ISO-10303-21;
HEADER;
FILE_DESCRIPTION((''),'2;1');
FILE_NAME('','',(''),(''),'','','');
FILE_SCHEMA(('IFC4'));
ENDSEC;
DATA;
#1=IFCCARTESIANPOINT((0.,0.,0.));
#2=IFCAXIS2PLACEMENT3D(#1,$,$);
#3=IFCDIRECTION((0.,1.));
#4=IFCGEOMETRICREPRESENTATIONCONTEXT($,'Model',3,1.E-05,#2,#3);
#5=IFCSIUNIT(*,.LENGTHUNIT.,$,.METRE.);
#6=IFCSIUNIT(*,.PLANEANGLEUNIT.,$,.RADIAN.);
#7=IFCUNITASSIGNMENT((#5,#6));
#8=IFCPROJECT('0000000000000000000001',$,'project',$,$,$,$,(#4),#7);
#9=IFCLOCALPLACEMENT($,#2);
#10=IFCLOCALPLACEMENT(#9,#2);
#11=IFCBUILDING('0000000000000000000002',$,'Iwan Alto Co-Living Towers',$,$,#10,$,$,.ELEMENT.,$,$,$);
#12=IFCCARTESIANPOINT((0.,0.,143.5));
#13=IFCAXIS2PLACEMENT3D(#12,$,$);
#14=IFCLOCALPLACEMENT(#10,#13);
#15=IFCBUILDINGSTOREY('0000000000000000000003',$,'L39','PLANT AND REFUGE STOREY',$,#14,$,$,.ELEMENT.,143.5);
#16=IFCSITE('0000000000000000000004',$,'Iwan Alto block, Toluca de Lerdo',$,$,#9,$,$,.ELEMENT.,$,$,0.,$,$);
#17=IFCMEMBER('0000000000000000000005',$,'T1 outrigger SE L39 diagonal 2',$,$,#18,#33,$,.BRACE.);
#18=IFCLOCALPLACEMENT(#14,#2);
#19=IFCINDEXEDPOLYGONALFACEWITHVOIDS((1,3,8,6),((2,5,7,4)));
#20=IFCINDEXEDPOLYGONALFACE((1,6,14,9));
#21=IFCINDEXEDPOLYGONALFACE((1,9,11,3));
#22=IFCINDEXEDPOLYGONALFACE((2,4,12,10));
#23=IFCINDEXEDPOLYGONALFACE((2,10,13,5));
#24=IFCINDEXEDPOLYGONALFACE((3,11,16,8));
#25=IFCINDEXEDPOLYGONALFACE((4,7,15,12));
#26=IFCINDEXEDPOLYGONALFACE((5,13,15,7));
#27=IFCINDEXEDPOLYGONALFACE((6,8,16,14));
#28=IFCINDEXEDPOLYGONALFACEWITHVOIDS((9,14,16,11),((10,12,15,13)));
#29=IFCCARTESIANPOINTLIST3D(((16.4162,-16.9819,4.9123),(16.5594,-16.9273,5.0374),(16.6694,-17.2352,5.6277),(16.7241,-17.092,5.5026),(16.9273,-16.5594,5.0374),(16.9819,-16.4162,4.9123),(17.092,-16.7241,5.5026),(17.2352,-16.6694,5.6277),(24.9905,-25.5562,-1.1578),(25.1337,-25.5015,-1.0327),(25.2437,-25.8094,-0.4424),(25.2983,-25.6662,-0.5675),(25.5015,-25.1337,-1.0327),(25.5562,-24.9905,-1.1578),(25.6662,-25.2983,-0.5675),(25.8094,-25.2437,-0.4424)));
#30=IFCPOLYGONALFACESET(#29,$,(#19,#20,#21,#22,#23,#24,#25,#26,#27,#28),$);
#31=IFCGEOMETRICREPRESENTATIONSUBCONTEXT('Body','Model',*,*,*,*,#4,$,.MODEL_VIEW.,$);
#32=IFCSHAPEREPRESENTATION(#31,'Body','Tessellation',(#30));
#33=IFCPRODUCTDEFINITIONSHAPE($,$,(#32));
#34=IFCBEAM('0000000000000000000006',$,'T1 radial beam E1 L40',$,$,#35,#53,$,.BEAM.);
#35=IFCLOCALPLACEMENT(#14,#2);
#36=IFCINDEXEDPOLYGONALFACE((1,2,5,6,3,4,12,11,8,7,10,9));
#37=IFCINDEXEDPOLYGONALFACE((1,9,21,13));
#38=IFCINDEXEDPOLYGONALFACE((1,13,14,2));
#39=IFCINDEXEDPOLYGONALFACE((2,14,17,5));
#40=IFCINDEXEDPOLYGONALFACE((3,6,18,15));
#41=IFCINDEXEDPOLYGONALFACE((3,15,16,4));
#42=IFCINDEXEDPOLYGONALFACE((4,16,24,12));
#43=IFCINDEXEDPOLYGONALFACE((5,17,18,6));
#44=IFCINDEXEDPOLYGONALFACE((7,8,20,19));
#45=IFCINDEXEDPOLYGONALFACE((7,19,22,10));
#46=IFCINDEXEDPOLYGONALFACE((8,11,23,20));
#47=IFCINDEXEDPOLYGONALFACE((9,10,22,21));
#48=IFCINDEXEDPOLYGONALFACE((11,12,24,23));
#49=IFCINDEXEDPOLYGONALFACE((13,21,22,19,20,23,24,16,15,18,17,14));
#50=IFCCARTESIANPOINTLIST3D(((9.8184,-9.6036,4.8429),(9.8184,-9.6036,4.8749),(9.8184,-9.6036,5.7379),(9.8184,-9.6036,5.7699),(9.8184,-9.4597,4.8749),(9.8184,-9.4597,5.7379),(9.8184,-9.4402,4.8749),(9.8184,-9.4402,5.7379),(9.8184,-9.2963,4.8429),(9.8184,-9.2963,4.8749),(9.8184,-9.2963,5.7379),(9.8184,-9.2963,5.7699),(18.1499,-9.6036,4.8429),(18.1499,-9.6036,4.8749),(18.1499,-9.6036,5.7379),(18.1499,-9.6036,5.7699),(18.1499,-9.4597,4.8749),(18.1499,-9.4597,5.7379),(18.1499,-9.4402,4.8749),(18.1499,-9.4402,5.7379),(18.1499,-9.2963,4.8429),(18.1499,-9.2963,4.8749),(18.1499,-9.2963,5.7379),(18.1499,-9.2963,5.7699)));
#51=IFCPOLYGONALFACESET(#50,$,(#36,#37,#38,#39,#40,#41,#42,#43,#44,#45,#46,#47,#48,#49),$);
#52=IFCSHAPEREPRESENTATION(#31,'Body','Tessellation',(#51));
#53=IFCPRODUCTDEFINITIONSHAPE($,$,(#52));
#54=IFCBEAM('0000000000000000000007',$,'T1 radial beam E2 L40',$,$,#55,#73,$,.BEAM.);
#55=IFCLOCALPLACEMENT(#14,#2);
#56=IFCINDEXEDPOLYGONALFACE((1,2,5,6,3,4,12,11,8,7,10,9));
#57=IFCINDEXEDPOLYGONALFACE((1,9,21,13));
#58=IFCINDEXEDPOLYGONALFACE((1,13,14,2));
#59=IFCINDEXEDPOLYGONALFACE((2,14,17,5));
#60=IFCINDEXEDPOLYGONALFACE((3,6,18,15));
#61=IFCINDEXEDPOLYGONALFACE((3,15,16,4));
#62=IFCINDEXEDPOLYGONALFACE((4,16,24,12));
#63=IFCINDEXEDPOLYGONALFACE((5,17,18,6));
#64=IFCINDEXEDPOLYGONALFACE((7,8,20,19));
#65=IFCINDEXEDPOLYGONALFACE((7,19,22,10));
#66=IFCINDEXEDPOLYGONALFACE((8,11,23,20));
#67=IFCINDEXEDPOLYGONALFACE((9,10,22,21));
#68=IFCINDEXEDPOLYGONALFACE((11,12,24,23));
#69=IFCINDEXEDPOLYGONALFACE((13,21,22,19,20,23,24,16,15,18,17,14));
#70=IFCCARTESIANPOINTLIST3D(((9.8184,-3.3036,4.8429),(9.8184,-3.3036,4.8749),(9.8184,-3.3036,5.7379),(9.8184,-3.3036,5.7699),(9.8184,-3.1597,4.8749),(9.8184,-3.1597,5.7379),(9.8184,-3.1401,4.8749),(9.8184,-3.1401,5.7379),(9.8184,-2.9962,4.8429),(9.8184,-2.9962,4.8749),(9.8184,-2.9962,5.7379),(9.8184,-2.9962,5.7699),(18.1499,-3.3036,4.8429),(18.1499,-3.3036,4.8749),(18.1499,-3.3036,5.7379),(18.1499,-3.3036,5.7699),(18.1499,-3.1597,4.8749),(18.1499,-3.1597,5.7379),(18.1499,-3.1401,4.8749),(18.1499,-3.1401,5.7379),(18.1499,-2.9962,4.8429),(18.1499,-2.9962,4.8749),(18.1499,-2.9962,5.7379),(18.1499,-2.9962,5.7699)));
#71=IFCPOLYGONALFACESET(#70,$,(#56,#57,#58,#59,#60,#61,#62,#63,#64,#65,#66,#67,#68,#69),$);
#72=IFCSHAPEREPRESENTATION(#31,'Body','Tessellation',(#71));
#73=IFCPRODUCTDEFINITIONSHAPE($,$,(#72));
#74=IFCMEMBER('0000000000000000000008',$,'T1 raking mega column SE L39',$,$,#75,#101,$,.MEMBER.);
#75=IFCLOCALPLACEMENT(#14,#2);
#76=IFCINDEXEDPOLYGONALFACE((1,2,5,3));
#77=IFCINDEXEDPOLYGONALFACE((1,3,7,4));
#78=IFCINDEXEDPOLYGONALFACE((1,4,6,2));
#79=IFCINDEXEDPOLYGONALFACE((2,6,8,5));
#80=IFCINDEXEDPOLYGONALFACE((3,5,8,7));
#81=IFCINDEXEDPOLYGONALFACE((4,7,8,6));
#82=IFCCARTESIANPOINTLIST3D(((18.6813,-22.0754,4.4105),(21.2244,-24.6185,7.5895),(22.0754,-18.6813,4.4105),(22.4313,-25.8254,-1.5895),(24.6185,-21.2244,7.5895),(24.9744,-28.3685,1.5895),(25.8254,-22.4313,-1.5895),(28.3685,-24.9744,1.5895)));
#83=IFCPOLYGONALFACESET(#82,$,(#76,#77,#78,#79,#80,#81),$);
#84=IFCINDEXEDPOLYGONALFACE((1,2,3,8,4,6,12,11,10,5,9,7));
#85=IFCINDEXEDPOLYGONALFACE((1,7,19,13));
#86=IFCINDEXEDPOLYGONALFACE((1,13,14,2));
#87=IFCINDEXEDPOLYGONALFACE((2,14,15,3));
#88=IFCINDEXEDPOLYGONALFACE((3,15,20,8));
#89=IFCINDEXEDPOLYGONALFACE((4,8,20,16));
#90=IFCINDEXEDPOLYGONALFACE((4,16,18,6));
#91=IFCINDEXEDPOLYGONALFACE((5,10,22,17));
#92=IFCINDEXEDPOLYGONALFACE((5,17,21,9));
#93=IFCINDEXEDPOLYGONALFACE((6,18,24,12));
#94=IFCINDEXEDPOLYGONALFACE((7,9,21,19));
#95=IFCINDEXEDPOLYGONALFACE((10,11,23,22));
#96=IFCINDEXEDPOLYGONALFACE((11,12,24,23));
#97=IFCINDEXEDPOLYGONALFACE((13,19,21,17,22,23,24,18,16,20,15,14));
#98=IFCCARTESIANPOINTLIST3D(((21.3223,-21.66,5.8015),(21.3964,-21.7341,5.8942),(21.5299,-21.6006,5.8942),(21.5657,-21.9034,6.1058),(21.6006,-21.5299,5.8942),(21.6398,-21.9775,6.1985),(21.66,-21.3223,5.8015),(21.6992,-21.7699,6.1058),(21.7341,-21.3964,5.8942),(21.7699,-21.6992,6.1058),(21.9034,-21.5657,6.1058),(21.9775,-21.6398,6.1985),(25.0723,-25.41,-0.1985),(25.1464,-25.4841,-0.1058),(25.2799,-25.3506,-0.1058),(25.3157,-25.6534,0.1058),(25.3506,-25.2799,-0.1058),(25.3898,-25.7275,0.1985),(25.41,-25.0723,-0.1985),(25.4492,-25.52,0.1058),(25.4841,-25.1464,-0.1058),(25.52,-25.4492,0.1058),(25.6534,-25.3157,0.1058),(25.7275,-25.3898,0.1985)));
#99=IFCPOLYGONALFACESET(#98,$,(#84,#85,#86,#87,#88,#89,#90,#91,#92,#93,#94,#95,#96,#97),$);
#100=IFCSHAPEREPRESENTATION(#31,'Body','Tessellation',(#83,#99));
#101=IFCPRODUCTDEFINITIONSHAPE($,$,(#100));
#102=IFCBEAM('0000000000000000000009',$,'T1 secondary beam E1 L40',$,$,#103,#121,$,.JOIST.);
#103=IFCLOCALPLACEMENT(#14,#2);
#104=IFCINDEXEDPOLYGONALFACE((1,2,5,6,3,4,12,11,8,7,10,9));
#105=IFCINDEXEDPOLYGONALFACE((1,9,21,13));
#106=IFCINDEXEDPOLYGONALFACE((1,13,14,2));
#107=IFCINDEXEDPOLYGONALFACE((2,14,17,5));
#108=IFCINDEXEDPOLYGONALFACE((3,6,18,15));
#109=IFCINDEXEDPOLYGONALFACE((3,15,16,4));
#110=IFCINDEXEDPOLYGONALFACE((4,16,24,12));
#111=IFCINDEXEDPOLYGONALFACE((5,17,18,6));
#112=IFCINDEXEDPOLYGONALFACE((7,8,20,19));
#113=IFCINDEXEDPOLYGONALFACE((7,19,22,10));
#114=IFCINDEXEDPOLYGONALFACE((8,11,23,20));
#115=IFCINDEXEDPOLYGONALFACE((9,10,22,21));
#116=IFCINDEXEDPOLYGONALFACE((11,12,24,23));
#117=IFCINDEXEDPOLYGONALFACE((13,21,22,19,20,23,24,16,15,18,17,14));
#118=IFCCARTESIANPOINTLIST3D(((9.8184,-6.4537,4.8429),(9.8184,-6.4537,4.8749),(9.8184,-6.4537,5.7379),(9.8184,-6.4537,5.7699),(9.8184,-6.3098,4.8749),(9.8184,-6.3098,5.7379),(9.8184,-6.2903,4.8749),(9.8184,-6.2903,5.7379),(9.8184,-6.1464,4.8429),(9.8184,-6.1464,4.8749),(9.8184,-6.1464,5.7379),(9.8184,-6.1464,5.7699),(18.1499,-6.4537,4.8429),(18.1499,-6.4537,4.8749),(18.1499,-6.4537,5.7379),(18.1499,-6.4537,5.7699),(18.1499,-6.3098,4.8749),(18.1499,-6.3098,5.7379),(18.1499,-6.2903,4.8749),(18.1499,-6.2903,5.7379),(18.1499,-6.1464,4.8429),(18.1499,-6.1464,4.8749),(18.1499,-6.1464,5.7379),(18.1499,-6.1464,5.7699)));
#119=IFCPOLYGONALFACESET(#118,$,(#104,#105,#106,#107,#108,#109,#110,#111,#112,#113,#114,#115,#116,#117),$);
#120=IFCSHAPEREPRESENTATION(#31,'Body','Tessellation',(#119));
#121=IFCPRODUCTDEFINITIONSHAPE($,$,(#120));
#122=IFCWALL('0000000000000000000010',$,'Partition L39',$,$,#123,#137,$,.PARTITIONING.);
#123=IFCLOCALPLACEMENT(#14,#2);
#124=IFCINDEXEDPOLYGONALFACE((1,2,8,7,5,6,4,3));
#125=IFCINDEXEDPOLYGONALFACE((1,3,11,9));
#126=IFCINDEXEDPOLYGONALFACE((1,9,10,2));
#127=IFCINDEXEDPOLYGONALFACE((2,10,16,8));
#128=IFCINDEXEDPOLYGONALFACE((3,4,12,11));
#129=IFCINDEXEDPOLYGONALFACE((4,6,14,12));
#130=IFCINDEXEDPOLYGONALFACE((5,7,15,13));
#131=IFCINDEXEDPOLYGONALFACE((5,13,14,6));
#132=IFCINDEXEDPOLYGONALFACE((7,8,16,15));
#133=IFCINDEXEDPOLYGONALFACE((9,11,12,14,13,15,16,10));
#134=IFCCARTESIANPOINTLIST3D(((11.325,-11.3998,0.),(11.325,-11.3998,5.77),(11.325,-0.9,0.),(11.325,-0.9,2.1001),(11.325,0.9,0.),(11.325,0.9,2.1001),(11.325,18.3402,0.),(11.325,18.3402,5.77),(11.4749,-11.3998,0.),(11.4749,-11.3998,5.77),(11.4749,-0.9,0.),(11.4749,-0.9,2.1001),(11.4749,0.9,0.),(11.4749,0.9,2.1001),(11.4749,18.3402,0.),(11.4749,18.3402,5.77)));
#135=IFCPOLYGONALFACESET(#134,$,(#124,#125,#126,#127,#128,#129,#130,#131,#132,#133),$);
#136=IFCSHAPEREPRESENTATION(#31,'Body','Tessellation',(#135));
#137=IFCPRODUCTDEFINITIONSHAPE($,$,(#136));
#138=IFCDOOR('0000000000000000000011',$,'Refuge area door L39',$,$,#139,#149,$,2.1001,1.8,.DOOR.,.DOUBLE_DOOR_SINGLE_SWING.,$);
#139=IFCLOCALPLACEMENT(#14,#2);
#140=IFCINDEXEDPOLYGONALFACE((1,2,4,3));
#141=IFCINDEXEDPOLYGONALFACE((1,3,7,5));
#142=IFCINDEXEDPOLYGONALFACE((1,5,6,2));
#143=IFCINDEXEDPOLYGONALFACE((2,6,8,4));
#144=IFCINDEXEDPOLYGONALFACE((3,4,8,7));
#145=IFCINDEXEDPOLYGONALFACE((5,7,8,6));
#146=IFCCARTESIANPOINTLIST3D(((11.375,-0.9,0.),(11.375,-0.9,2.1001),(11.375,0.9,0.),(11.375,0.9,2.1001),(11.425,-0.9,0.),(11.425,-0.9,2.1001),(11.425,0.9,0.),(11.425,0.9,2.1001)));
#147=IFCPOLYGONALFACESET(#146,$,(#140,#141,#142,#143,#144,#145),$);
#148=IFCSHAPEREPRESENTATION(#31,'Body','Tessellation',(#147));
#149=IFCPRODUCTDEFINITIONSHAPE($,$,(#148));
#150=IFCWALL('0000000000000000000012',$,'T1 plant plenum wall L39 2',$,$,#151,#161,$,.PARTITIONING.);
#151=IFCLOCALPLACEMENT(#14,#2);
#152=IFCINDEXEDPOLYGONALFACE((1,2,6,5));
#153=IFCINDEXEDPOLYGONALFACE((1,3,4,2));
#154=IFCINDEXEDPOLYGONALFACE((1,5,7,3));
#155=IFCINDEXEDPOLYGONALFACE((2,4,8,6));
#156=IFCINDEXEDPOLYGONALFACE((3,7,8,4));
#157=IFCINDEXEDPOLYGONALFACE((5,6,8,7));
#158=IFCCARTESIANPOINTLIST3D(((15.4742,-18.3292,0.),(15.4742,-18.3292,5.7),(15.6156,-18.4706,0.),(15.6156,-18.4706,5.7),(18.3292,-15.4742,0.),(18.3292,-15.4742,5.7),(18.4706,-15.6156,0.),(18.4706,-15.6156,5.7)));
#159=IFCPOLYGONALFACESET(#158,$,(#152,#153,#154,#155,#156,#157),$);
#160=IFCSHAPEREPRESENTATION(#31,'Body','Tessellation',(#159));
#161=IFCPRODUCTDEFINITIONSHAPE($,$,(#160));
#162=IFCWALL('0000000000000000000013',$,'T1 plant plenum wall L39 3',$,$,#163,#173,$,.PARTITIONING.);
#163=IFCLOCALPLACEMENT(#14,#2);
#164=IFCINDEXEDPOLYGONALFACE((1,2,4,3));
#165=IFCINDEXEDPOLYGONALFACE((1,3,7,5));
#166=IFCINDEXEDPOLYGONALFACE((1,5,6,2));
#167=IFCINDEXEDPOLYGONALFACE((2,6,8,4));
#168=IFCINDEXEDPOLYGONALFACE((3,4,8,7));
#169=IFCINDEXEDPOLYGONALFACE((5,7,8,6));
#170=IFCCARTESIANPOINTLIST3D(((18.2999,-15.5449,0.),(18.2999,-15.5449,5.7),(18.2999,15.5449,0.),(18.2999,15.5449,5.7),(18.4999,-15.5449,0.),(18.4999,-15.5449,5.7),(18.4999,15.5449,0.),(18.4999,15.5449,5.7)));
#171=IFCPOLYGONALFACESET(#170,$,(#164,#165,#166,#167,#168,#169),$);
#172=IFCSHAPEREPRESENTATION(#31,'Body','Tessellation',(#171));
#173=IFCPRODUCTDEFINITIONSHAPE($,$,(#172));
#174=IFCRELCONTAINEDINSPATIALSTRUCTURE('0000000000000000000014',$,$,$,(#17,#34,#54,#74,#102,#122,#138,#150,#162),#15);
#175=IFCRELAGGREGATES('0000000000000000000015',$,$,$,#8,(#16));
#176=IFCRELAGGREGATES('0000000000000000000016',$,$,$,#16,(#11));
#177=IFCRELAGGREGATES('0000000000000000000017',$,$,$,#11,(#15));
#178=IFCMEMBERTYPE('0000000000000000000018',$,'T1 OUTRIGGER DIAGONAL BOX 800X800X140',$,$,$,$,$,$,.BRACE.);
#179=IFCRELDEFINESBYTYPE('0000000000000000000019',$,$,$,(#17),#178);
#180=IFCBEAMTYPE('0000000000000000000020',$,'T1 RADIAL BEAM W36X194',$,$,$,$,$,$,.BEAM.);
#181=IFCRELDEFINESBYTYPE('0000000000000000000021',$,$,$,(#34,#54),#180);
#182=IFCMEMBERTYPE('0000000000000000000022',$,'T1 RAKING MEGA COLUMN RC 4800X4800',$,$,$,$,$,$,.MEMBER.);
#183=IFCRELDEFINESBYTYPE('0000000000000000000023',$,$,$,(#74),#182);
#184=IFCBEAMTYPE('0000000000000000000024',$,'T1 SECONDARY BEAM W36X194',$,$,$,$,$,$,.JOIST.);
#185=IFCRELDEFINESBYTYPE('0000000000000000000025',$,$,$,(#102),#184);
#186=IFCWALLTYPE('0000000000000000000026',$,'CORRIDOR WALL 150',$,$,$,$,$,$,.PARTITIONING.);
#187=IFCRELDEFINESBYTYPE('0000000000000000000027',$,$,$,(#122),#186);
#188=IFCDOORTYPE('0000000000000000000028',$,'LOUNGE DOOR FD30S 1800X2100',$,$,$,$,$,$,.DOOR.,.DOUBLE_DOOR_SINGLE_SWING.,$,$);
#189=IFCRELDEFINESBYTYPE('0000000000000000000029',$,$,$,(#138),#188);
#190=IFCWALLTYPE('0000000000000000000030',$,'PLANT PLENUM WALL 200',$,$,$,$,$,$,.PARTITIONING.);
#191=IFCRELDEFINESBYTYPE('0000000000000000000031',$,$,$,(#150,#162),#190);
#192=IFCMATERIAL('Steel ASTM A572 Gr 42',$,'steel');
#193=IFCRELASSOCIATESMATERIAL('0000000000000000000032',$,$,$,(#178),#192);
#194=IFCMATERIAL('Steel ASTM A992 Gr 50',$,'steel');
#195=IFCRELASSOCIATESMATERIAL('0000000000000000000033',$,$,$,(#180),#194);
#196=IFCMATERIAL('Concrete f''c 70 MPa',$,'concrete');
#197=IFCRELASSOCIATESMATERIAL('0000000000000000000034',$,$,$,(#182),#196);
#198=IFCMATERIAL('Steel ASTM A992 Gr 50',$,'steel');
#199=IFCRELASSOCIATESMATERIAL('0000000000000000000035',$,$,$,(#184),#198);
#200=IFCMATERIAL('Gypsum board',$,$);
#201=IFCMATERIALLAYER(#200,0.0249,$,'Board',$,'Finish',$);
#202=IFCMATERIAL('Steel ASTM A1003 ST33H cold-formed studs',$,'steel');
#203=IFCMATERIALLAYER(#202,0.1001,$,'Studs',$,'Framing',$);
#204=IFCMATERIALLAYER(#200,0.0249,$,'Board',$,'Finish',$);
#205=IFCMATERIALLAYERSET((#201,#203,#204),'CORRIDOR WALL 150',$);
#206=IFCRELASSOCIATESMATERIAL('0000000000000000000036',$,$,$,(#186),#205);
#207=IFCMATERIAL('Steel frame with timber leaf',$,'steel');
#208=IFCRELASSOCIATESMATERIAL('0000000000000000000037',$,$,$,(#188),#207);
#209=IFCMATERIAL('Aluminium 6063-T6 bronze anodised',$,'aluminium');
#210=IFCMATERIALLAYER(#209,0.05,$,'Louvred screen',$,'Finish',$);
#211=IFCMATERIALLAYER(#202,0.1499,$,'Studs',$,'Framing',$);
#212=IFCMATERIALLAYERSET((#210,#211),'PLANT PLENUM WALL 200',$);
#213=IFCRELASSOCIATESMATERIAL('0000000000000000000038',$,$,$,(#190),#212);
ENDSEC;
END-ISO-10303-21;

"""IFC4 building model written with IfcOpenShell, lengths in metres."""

from ifc_helpers import new_model, si_unit, direction, frame, frame_2d, origin, origin_2d, place, context, subcontext, project, spatial, rectangle, hollow_rectangle, i_section, extrude, material, layer, layer_set, material_profile, profile_set, type_object, element, fill, save


model = new_model("IFC4")

# Units and contexts
model_context = context("Model", 3, precision=1e-05, world=origin(), true_north=direction((0.0, 1.0)))
body_context = subcontext(model_context, "Body", "Model", "MODEL_VIEW")
ifc_project = project(units=[si_unit("LENGTHUNIT", "METRE"), si_unit("PLANEANGLEUNIT", "RADIAN")], contexts=[model_context])

# Site, building, storey
site_placement = place(None, origin())
site = spatial("IfcSite", under=ifc_project, at=site_placement, Name="Iwan Alto block, Toluca de Lerdo", CompositionType="ELEMENT", RefElevation=0.0)
building_placement = place(site_placement, origin())
building = spatial("IfcBuilding", under=site, at=building_placement, Name="Iwan Alto Co-Living Towers", CompositionType="ELEMENT")
storey_placement = place(building_placement, frame((0.0, 0.0, 143.5)))
storey = spatial("IfcBuildingStorey", under=building, at=storey_placement, Name="L39", Description="PLANT AND REFUGE STOREY", CompositionType="ELEMENT", Elevation=143.5)

# Member
ifc_material_1 = material(Name="Steel ASTM A572 Gr 42", Category="steel")
ifc_material_profile_1 = material_profile(ifc_material_1, hollow_rectangle(XDim=0.8, YDim=0.8, WallThickness=0.1399, at=origin_2d()), Name="BOX 800X800X140")
ifc_profile_set_1 = profile_set([ifc_material_profile_1], Name="Steel ASTM A572 Gr 42")
member_type_1 = type_object("IfcMemberType", Name="T1 OUTRIGGER DIAGONAL BOX 800X800X140", PredefinedType="BRACE", material=ifc_profile_set_1)
member_1_placement = place(storey_placement, frame((16.8257, -16.8257, 5.27), z_axis=(0.632306, -0.632306, -0.447637), x_axis=(0.707107, 0.707107, 0.0)))
element("IfcMember", 1, at=member_1_placement, inside=storey, type_object=member_type_1, Name="T1 outrigger SE L39 diagonal 2", PredefinedType="BRACE", context=body_context, shape_type="SweptSolid", body=[
    extrude(hollow_rectangle(XDim=0.8, YDim=0.8, WallThickness=0.1399, at=origin_2d()), origin(), (0.0, 0.0, 1.0), 13.5603),
])

# Beams
ifc_material_2 = material(Name="Steel ASTM A992 Gr 50", Category="steel")
ifc_material_profile_2 = material_profile(ifc_material_2, i_section(OverallWidth=0.3074, OverallDepth=0.927, WebThickness=0.0195, FlangeThickness=0.032, at=origin_2d()), Name="W36X194")
ifc_profile_set_2 = profile_set([ifc_material_profile_2], Name="Steel ASTM A992 Gr 50")
beam_type_1 = type_object("IfcBeamType", Name="T1 RADIAL BEAM W36X194", PredefinedType="BEAM", material=ifc_profile_set_2)
for number, where, z_axis, x_axis, name in (
    (2, (18.1499, -9.45, 5.3064), (-1.0, 0.0, 0.0), (0.0, -1.0, 0.0), "T1 radial beam E1 L40"),
    (3, (18.1499, -3.1499, 5.3064), (-1.0, 0.0, 0.0), (0.0, -1.0, 0.0), "T1 radial beam E2 L40"),
):
    element("IfcBeam", number, at=place(storey_placement, frame(where, z_axis=z_axis, x_axis=x_axis)), inside=storey, type_object=beam_type_1, Name=name, PredefinedType="BEAM", context=body_context, shape_type="SweptSolid", body=[
        extrude(i_section(OverallWidth=0.3074, OverallDepth=0.927, WebThickness=0.0195, FlangeThickness=0.032, at=origin_2d()), origin(), (0.0, 0.0, 1.0), 8.3315),
    ])

# Member
ifc_material_3 = material(Name="Concrete f'c 70 MPa", Category="concrete")
ifc_material_profile_3 = material_profile(ifc_material_3, rectangle(XDim=4.8, YDim=4.8, at=origin_2d()), Name="RC 4800X4800")
ifc_profile_set_3 = profile_set([ifc_material_profile_3], Name="Concrete f'c 70 MPa")
member_type_2 = type_object("IfcMemberType", Name="T1 RAKING MEGA COLUMN RC 4800X4800", PredefinedType="MEMBER", material=ifc_profile_set_3)
member_2_placement = place(storey_placement, frame((25.3999, -25.3999, 0.0), z_axis=(-0.468293, 0.468293, 0.749269), x_axis=(-0.707107, -0.707107, 0.0)))
element("IfcMember", 4, at=member_2_placement, inside=storey, type_object=member_type_2, Name="T1 raking mega column SE L39", PredefinedType="MEMBER", context=body_context, shape_type="SweptSolid", body=[
    extrude(rectangle(XDim=4.8, YDim=4.8, at=origin_2d()), origin(), (0.0, 0.0, 1.0), 8.0078),
    extrude(i_section(OverallWidth=0.4775, OverallDepth=0.5994, WebThickness=0.1001, FlangeThickness=0.1399, at=origin_2d()), origin(), (0.0, 0.0, 1.0), 8.0078),
])

# Beam
ifc_material_4 = material(Name="Steel ASTM A992 Gr 50", Category="steel")
ifc_material_profile_4 = material_profile(ifc_material_4, i_section(OverallWidth=0.3074, OverallDepth=0.927, WebThickness=0.0195, FlangeThickness=0.032, at=origin_2d()), Name="W36X194")
ifc_profile_set_4 = profile_set([ifc_material_profile_4], Name="Steel ASTM A992 Gr 50")
beam_type_2 = type_object("IfcBeamType", Name="T1 SECONDARY BEAM W36X194", PredefinedType="JOIST", material=ifc_profile_set_4)
beam_1_placement = place(storey_placement, frame((18.1499, -6.3, 5.3064), z_axis=(-1.0, 0.0, 0.0), x_axis=(0.0, -1.0, 0.0)))
element("IfcBeam", 5, at=beam_1_placement, inside=storey, type_object=beam_type_2, Name="T1 secondary beam E1 L40", PredefinedType="JOIST", context=body_context, shape_type="SweptSolid", body=[
    extrude(i_section(OverallWidth=0.3074, OverallDepth=0.927, WebThickness=0.0195, FlangeThickness=0.032, at=origin_2d()), origin(), (0.0, 0.0, 1.0), 8.3315),
])

# Wall, opening, door
ifc_material_5 = material(Name="Gypsum board")
ifc_layer_1 = layer(ifc_material_5, 0.0249, Name="Board", Category="Finish")
ifc_material_6 = material(Name="Steel ASTM A1003 ST33H cold-formed studs", Category="steel")
ifc_layer_2 = layer(ifc_material_6, 0.1001, Name="Studs", Category="Framing")
ifc_layer_3 = layer(ifc_material_5, 0.0249, Name="Board", Category="Finish")
ifc_layer_set_1 = layer_set([ifc_layer_1, ifc_layer_2, ifc_layer_3], Name="CORRIDOR WALL 150")
wall_type_1 = type_object("IfcWallType", Name="CORRIDOR WALL 150", PredefinedType="PARTITIONING", material=ifc_layer_set_1)
wall_1_placement = place(storey_placement, frame((11.3999, -11.3999, 0.0), z_axis=(0.0, 0.0, 1.0), x_axis=(0.0, 1.0, 0.0)))
wall_1 = element("IfcWall", 6, at=wall_1_placement, inside=storey, type_object=wall_type_1, Name="Partition L39", PredefinedType="PARTITIONING", context=body_context, shape_type="SweptSolid", body=[
    extrude(rectangle(XDim=29.74, YDim=0.1499, at=frame_2d((14.8701, 0.0))), origin(), (0.0, 0.0, 1.0), 5.77),
])
opening_placement = place(wall_1_placement, frame((10.5, 0.0, 0.0)))
opening = element("IfcOpeningElement", 7, at=opening_placement, cuts=wall_1, PredefinedType="OPENING", context=body_context, shape_type="SweptSolid", body=[
    extrude(rectangle(XDim=1.8, YDim=2.1001, at=frame_2d((0.8999, 1.05))), frame((0.0, 0.085, 0.0), z_axis=(0.0, -1.0, 0.0), x_axis=(1.0, 0.0, 0.0)), (0.0, 0.0, 1.0), 0.1699),
])
ifc_material_7 = material(Name="Steel frame with timber leaf", Category="steel")
door_type = type_object("IfcDoorType", Name="LOUNGE DOOR FD30S 1800X2100", OperationType="DOUBLE_DOOR_SINGLE_SWING", PredefinedType="DOOR", material=ifc_material_7)
door_placement = place(opening_placement, origin())
door = element("IfcDoor", 8, at=door_placement, inside=storey, type_object=door_type, Name="Refuge area door L39", OperationType="DOUBLE_DOOR_SINGLE_SWING", OverallHeight=2.1001, OverallWidth=1.8, PredefinedType="DOOR", context=body_context, shape_type="SweptSolid", body=[
    extrude(rectangle(XDim=1.8, YDim=2.1001, at=frame_2d((0.8999, 1.05))), frame((0.0, 0.0249, 0.0), z_axis=(0.0, -1.0, 0.0), x_axis=(1.0, 0.0, 0.0)), (0.0, 0.0, 1.0), 0.05),
])
fill(opening, door)

# Walls
ifc_material_8 = material(Name="Aluminium 6063-T6 bronze anodised", Category="aluminium")
ifc_layer_4 = layer(ifc_material_8, 0.05, Name="Louvred screen", Category="Finish")
ifc_layer_5 = layer(ifc_material_6, 0.1499, Name="Studs", Category="Framing")
ifc_layer_set_2 = layer_set([ifc_layer_4, ifc_layer_5], Name="PLANT PLENUM WALL 200")
wall_type_2 = type_object("IfcWallType", Name="PLANT PLENUM WALL 200", PredefinedType="PARTITIONING", material=ifc_layer_set_2)
wall_2_placement = place(storey_placement, frame((15.5449, -18.3999, 0.0), z_axis=(0.0, 0.0, 1.0), x_axis=(0.707107, 0.707107, 0.0)))
element("IfcWall", 9, at=wall_2_placement, inside=storey, type_object=wall_type_2, Name="T1 plant plenum wall L39 2", PredefinedType="PARTITIONING", context=body_context, shape_type="SweptSolid", body=[
    extrude(rectangle(XDim=4.0376, YDim=0.2, at=frame_2d((2.0188, 0.0))), origin(), (0.0, 0.0, 1.0), 5.7),
])
wall_3_placement = place(storey_placement, frame((18.3999, -15.5449, 0.0), z_axis=(0.0, 0.0, 1.0), x_axis=(0.0, 1.0, 0.0)))
element("IfcWall", 10, at=wall_3_placement, inside=storey, type_object=wall_type_2, Name="T1 plant plenum wall L39 3", PredefinedType="PARTITIONING", context=body_context, shape_type="SweptSolid", body=[
    extrude(rectangle(XDim=31.0898, YDim=0.2, at=frame_2d((15.5449, 0.0))), origin(), (0.0, 0.0, 1.0), 5.7),
])

save(model, "model.ifc")
